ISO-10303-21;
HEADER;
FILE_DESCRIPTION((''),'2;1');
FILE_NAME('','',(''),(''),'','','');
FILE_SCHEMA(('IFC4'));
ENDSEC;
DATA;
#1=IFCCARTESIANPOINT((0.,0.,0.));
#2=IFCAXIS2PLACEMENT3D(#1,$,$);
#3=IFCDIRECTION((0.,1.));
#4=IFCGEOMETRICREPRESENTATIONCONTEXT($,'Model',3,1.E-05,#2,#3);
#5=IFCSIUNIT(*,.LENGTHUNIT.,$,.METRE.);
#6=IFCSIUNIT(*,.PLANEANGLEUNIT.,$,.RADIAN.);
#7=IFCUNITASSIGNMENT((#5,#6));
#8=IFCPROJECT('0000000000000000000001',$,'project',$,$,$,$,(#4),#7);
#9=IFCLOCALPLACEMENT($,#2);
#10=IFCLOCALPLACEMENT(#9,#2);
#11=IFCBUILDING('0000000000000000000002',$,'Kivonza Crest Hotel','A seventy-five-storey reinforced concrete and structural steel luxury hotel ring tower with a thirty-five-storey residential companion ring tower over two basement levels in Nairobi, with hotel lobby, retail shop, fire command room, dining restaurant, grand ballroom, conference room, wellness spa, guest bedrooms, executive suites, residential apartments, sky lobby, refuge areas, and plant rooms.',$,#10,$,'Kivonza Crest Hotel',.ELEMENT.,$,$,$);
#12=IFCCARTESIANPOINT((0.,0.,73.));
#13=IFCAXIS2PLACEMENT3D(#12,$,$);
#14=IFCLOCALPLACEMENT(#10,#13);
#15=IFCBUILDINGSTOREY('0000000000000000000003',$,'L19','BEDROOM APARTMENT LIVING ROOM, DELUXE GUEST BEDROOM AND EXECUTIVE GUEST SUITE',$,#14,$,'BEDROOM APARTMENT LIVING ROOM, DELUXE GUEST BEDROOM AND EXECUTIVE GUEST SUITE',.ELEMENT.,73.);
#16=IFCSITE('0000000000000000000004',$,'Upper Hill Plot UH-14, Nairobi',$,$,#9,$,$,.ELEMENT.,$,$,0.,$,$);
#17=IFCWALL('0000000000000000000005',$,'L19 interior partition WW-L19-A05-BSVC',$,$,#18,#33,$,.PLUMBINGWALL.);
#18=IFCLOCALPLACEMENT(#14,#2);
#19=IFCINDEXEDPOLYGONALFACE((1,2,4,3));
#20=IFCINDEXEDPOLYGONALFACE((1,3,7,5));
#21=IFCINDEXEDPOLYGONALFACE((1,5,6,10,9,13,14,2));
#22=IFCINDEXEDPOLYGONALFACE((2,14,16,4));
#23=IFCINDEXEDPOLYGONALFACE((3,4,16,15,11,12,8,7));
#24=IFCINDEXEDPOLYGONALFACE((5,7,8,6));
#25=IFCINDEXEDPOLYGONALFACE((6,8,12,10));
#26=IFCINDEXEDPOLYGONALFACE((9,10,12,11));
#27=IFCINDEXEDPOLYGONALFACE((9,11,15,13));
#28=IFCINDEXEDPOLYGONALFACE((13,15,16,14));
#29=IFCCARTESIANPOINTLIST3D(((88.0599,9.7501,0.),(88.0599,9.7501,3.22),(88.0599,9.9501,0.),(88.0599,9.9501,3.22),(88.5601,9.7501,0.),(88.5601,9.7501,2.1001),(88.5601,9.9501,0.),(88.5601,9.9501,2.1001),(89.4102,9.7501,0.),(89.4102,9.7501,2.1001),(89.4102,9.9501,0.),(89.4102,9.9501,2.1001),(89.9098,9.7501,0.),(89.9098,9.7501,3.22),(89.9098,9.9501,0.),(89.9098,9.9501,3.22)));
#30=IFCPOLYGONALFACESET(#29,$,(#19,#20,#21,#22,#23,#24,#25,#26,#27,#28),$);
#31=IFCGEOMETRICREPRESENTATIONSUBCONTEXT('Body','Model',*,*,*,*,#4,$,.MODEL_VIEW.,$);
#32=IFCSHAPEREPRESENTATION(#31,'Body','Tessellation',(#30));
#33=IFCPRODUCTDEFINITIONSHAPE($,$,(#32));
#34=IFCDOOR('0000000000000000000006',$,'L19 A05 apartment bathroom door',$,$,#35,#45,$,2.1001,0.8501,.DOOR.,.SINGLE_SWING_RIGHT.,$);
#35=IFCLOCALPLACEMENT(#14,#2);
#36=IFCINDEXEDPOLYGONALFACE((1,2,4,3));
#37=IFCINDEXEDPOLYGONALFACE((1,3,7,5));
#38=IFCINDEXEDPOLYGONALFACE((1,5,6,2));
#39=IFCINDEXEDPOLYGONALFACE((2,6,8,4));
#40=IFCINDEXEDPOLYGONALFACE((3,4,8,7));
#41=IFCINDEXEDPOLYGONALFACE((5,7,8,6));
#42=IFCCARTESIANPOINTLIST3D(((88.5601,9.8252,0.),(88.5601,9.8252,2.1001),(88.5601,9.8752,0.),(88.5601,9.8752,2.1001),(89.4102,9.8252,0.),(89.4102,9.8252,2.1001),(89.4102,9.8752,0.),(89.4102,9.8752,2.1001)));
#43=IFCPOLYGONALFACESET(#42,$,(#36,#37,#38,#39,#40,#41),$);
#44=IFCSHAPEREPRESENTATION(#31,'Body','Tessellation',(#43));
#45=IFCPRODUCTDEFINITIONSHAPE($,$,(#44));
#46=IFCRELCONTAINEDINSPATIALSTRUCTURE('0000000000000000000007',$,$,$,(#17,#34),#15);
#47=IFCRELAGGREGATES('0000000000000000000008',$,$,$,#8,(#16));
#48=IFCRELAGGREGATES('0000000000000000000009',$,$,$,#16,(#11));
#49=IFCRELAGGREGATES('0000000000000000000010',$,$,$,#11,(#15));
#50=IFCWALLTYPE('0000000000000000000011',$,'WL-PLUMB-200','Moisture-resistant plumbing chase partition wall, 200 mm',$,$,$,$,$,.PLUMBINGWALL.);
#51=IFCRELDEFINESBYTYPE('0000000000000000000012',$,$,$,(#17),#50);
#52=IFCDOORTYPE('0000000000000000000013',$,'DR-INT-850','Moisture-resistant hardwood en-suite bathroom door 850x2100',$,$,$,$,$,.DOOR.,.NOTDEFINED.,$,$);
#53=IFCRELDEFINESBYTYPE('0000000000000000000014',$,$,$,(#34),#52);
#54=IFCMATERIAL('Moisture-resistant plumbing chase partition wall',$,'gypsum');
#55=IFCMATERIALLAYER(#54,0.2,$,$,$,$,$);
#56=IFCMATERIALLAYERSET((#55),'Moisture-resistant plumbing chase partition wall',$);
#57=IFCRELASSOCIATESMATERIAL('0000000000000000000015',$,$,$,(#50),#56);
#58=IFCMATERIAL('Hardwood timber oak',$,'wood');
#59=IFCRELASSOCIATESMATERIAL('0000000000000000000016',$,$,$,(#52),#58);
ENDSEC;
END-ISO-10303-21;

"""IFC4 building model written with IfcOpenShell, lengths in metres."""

from ifc_helpers import new_model, si_unit, direction, frame, frame_2d, origin, place, context, subcontext, project, spatial, rectangle, extrude, material, layer, layer_set, type_object, element, fill, save


model = new_model("IFC4")

# Units and contexts
model_context = context("Model", 3, precision=1e-05, world=origin(), true_north=direction((0.0, 1.0)))
body_context = subcontext(model_context, "Body", "Model", "MODEL_VIEW")
ifc_project = project(units=[si_unit("LENGTHUNIT", "METRE"), si_unit("PLANEANGLEUNIT", "RADIAN")], contexts=[model_context])

# Site, building, storey
site_placement = place(None, origin())
site = spatial("IfcSite", under=ifc_project, at=site_placement, Name="Upper Hill Plot UH-14, Nairobi", CompositionType="ELEMENT", RefElevation=0.0)
building_placement = place(site_placement, origin())
building = spatial("IfcBuilding", under=site, at=building_placement, Name="Kivonza Crest Hotel", Description="A seventy-five-storey reinforced concrete and structural steel luxury hotel ring tower with a thirty-five-storey residential companion ring tower over two basement levels in Nairobi, with hotel lobby, retail shop, fire command room, dining restaurant, grand ballroom, conference room, wellness spa, guest bedrooms, executive suites, residential apartments, sky lobby, refuge areas, and plant rooms.", LongName="Kivonza Crest Hotel", CompositionType="ELEMENT")
storey_placement = place(building_placement, frame((0.0, 0.0, 73.0)))
storey = spatial("IfcBuildingStorey", under=building, at=storey_placement, Name="L19", Description="BEDROOM APARTMENT LIVING ROOM, DELUXE GUEST BEDROOM AND EXECUTIVE GUEST SUITE", LongName="BEDROOM APARTMENT LIVING ROOM, DELUXE GUEST BEDROOM AND EXECUTIVE GUEST SUITE", CompositionType="ELEMENT", Elevation=73.0)

# Shared definitions
ifc_material_1 = material(Name="Hardwood timber oak", Category="wood")

# Shared definitions
ifc_material_2 = material(Name="Moisture-resistant plumbing chase partition wall", Category="gypsum")
ifc_layer_1 = layer(ifc_material_2, 0.2)
ifc_layer_set_1 = layer_set([ifc_layer_1], Name="Moisture-resistant plumbing chase partition wall")
wall_type_1 = type_object("IfcWallType", Name="WL-PLUMB-200", Description="Moisture-resistant plumbing chase partition wall, 200 mm", PredefinedType="PLUMBINGWALL", material=ifc_layer_set_1)

# Wall, opening, door
wall_1_placement = place(storey_placement, frame((88.0601, 9.8501, 0.0), z_axis=(0.0, 0.0, 1.0), x_axis=(1.0, 0.0, 0.0)))
wall_1 = element("IfcWall", 1, at=wall_1_placement, inside=storey, type_object=wall_type_1, Name="L19 interior partition WW-L19-A05-BSVC", PredefinedType="PLUMBINGWALL", context=body_context, shape_type="SweptSolid", body=[
    extrude(rectangle(XDim=1.8499, YDim=0.2, at=frame_2d((0.9248, 0.0))), origin(), (0.0, 0.0, 1.0), 3.22),
])
opening_1_placement = place(wall_1_placement, frame((0.5, 0.0, 0.0)))
opening_1 = element("IfcOpeningElement", 2, at=opening_1_placement, cuts=wall_1, PredefinedType="OPENING", context=body_context, shape_type="SweptSolid", body=[
    extrude(rectangle(XDim=0.8501, YDim=2.1001, at=frame_2d((0.425, 1.05))), frame((0.0, 0.1099, 0.0), z_axis=(0.0, -1.0, 0.0), x_axis=(1.0, 0.0, 0.0)), (0.0, 0.0, 1.0), 0.22),
])
door_type_1 = type_object("IfcDoorType", Name="DR-INT-850", Description="Moisture-resistant hardwood en-suite bathroom door 850x2100", OperationType="NOTDEFINED", PredefinedType="DOOR", material=ifc_material_1)
door_1_placement = place(opening_1_placement, frame((0.8501, 0.0, 0.0), z_axis=(0.0, 0.0, 1.0), x_axis=(-1.0, 0.0, 0.0)))
door_1 = element("IfcDoor", 3, at=door_1_placement, inside=storey, type_object=door_type_1, Name="L19 A05 apartment bathroom door", OperationType="SINGLE_SWING_RIGHT", OverallHeight=2.1001, OverallWidth=0.8501, PredefinedType="DOOR", context=body_context, shape_type="SweptSolid", body=[
    extrude(rectangle(XDim=0.8501, YDim=2.1001, at=frame_2d((0.425, 1.05))), frame((0.0, 0.0249, 0.0), z_axis=(0.0, -1.0, 0.0), x_axis=(1.0, 0.0, 0.0)), (0.0, 0.0, 1.0), 0.05),
])
fill(opening_1, door_1)

save(model, "model.ifc")
